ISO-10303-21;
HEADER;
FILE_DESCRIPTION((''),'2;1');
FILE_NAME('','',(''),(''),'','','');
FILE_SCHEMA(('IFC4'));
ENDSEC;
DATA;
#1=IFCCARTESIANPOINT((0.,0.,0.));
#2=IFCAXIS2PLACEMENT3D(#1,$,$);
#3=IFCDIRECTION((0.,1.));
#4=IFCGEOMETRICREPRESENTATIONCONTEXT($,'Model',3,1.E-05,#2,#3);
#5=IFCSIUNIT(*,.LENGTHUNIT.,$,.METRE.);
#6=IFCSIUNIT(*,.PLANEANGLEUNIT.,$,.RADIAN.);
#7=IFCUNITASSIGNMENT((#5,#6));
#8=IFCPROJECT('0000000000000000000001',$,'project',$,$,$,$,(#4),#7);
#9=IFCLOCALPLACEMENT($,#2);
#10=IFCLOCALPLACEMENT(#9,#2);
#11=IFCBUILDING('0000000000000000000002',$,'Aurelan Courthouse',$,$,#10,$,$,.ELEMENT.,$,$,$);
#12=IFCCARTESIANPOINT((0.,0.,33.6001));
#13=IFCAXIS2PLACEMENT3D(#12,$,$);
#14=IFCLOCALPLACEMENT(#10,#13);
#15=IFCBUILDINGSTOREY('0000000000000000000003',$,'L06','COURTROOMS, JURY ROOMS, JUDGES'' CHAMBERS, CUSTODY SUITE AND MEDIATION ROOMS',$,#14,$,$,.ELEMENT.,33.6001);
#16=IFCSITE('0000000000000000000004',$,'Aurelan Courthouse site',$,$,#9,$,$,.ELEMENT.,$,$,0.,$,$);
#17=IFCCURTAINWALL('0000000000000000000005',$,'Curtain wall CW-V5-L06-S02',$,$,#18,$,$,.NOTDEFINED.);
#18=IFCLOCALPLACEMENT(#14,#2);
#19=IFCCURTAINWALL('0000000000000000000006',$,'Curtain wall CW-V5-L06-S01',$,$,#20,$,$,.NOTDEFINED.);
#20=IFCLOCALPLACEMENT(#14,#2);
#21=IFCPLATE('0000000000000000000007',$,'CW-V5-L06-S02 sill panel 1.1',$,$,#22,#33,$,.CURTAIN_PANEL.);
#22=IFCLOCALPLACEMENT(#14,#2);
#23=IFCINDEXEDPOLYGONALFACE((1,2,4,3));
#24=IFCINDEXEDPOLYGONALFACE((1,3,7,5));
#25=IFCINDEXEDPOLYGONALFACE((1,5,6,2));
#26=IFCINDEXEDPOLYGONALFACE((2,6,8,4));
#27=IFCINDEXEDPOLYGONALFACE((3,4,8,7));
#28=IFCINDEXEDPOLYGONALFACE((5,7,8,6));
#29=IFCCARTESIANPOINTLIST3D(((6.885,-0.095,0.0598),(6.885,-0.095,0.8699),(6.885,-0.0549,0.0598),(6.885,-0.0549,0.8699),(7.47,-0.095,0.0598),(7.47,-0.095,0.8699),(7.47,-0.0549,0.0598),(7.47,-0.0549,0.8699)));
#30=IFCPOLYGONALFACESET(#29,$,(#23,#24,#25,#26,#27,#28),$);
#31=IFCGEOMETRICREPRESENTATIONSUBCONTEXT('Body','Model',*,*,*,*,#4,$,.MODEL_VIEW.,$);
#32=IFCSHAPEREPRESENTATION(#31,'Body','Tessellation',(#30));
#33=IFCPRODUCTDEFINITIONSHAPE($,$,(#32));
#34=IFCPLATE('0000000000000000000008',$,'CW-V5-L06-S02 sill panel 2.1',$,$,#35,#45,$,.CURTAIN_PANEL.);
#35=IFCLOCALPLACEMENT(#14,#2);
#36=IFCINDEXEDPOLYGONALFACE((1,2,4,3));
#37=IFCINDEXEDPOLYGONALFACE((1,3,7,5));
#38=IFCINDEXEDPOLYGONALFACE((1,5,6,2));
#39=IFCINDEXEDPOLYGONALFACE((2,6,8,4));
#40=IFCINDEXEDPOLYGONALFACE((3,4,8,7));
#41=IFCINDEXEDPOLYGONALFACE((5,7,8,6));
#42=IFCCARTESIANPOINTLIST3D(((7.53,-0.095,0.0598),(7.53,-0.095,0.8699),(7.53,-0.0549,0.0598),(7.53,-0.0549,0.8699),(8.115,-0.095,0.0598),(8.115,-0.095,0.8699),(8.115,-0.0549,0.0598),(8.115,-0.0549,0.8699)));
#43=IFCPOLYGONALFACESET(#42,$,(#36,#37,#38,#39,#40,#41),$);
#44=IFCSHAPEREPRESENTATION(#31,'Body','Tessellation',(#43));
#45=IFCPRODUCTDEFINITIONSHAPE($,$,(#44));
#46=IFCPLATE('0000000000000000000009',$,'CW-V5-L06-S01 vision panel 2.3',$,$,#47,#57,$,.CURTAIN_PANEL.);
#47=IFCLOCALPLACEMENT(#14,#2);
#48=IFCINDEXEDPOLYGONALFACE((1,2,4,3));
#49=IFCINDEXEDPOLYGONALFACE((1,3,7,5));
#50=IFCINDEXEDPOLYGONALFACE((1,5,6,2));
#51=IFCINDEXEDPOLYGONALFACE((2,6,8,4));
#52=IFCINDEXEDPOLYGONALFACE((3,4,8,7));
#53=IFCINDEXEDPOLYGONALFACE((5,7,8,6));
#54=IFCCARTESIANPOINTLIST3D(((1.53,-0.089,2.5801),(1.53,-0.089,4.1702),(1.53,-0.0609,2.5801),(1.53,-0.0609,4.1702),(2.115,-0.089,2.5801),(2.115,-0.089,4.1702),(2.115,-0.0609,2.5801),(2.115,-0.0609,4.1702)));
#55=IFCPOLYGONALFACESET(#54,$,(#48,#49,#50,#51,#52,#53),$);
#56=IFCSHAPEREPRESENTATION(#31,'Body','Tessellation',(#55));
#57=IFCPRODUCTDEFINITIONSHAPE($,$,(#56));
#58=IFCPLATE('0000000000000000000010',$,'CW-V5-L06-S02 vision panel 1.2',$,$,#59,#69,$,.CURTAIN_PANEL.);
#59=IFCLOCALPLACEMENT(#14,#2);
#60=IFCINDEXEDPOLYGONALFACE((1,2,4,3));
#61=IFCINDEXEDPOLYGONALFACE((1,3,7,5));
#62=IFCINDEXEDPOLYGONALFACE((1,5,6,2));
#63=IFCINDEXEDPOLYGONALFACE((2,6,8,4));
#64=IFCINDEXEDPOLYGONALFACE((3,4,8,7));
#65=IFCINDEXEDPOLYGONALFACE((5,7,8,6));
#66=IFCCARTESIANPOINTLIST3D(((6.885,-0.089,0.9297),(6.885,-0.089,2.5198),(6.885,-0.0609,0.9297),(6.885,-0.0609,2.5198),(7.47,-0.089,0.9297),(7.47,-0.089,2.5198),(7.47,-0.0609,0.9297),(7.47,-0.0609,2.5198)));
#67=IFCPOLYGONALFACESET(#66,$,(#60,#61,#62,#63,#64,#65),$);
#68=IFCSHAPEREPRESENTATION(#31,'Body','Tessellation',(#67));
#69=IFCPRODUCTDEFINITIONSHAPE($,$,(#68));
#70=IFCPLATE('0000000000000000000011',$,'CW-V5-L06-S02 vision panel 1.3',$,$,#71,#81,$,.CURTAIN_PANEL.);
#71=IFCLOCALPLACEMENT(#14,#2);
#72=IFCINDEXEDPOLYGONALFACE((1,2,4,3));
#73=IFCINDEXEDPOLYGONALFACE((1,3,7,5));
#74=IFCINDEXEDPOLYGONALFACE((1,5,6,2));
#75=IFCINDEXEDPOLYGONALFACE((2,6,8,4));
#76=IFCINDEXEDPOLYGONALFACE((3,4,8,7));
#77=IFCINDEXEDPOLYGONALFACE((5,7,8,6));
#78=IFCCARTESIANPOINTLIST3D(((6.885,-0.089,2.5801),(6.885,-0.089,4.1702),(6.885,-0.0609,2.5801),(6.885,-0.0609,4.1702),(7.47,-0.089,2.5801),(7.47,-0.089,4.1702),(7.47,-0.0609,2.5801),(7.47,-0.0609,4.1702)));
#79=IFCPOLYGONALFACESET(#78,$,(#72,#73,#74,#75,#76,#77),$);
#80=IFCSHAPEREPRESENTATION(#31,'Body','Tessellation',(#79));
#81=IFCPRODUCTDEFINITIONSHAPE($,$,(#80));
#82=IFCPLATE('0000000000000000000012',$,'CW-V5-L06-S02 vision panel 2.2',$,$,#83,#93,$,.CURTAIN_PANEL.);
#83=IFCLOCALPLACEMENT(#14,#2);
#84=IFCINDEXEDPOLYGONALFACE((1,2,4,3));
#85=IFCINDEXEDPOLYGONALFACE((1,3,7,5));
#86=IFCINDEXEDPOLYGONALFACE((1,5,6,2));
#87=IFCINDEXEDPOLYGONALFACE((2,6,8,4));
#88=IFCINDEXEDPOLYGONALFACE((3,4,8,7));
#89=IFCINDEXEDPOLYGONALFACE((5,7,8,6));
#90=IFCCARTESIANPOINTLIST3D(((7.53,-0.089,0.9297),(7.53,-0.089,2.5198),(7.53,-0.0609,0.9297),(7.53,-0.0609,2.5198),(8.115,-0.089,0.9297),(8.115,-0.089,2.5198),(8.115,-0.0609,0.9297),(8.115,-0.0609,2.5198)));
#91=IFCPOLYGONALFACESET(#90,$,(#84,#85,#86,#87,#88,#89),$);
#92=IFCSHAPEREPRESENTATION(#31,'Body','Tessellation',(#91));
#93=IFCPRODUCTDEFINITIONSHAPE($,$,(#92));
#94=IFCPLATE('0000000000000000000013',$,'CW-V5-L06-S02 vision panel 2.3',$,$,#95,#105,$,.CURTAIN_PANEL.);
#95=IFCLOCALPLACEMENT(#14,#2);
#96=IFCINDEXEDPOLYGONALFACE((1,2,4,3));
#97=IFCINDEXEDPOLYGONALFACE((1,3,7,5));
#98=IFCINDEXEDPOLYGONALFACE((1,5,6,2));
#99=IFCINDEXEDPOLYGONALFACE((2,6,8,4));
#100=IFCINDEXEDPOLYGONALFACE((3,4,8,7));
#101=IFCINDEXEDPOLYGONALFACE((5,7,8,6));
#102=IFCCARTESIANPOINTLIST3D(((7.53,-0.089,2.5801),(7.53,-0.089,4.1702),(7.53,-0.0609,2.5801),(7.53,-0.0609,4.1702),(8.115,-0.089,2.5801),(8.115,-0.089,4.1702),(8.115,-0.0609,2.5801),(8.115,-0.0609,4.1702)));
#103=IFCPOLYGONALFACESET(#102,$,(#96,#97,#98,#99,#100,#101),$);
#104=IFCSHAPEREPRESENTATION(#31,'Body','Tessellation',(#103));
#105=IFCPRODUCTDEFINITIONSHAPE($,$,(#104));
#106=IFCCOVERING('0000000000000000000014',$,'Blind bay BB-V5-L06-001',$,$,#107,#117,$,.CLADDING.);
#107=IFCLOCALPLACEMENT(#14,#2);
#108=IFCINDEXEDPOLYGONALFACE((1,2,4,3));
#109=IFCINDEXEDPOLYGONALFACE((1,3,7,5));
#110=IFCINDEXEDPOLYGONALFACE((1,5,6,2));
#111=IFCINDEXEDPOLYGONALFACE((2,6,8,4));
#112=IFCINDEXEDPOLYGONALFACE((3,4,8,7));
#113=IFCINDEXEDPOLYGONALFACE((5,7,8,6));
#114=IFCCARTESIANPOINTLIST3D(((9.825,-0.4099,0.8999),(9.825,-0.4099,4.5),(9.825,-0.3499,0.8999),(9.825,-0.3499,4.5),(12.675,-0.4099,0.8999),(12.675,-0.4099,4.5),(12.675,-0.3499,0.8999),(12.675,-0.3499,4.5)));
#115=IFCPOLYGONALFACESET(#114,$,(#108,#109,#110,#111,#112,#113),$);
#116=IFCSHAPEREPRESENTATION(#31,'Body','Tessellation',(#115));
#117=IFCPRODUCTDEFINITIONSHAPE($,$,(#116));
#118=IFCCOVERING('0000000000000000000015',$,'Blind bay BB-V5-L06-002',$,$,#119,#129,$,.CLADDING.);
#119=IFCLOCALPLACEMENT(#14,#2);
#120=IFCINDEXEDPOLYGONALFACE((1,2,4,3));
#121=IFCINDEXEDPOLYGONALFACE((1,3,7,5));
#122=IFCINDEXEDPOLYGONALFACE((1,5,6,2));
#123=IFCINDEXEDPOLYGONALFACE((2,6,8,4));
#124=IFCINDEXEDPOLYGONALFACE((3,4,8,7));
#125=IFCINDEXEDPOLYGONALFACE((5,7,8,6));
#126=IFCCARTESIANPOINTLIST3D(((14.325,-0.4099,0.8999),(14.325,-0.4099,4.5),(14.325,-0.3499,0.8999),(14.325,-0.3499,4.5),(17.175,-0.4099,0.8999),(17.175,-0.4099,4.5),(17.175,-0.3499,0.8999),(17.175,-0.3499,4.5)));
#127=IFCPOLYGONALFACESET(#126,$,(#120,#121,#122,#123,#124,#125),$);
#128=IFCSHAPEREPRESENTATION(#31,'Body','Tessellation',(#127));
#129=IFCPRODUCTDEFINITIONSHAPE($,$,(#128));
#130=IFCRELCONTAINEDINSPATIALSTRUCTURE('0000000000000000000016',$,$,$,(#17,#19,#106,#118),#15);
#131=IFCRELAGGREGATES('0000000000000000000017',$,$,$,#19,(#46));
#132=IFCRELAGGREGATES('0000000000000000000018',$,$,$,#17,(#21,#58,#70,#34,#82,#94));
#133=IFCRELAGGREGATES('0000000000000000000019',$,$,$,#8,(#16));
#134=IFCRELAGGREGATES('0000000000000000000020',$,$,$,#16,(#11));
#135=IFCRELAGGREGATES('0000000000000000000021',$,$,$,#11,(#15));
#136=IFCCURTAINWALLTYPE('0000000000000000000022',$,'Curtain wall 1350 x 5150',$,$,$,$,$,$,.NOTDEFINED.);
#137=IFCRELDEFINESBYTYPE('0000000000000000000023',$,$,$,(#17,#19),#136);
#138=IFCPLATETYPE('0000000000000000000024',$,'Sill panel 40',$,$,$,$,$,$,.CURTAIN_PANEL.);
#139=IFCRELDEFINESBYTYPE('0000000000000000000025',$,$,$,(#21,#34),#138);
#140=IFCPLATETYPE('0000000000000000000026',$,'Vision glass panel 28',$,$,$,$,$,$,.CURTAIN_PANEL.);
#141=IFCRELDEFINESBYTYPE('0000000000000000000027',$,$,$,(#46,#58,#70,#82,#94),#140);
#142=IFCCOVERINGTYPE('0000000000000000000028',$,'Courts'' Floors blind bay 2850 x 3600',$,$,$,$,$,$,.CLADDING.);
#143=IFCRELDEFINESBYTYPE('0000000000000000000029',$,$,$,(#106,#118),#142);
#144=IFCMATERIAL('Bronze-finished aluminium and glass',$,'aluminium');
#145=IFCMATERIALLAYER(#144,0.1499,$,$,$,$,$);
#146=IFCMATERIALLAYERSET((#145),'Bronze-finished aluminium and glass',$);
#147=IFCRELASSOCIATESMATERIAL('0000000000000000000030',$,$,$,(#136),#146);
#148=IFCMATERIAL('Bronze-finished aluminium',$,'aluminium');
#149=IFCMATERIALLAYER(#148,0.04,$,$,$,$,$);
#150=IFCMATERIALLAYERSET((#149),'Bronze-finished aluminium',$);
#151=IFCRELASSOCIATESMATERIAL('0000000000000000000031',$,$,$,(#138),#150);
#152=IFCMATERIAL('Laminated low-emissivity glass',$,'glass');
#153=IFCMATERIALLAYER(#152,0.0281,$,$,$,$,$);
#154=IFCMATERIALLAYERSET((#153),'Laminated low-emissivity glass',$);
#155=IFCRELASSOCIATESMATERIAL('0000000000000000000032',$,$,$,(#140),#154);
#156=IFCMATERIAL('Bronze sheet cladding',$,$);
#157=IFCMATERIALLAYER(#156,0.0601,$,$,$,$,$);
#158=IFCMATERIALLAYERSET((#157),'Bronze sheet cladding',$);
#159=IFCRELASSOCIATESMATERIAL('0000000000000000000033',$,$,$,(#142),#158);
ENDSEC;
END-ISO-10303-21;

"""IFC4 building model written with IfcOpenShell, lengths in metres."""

from ifc_helpers import new_model, si_unit, direction, frame, origin, origin_2d, place, context, subcontext, project, spatial, rectangle, extrude, material, layer, layer_set, type_object, element, aggregate, save


model = new_model("IFC4")

# Units and contexts
model_context = context("Model", 3, precision=1e-05, world=origin(), true_north=direction((0.0, 1.0)))
body_context = subcontext(model_context, "Body", "Model", "MODEL_VIEW")
ifc_project = project(units=[si_unit("LENGTHUNIT", "METRE"), si_unit("PLANEANGLEUNIT", "RADIAN")], contexts=[model_context])

# Site, building, storey
site_placement = place(None, origin())
site = spatial("IfcSite", under=ifc_project, at=site_placement, Name="Aurelan Courthouse site", CompositionType="ELEMENT", RefElevation=0.0)
building_placement = place(site_placement, origin())
building = spatial("IfcBuilding", under=site, at=building_placement, Name="Aurelan Courthouse", CompositionType="ELEMENT")
storey_placement = place(building_placement, frame((0.0, 0.0, 33.6001)))
storey = spatial("IfcBuildingStorey", under=building, at=storey_placement, Name="L06", Description="COURTROOMS, JURY ROOMS, JUDGES' CHAMBERS, CUSTODY SUITE AND MEDIATION ROOMS", CompositionType="ELEMENT", Elevation=33.6001)

# Curtain wall
ifc_material_1 = material(Name="Bronze-finished aluminium and glass", Category="aluminium")
ifc_layer_1 = layer(ifc_material_1, 0.1499)
ifc_layer_set_1 = layer_set([ifc_layer_1], Name="Bronze-finished aluminium and glass")
curtain_wall_type = type_object("IfcCurtainWallType", Name="Curtain wall 1350 x 5150", PredefinedType="NOTDEFINED", material=ifc_layer_set_1)
curtain_wall_1_placement = place(storey_placement, origin())
curtain_wall_1 = element("IfcCurtainWall", 1, at=curtain_wall_1_placement, inside=storey, type_object=curtain_wall_type, Name="Curtain wall CW-V5-L06-S02", PredefinedType="NOTDEFINED")
ifc_material_2 = material(Name="Bronze-finished aluminium", Category="aluminium")

# Curtain wall
curtain_wall_2_placement = place(storey_placement, origin())
curtain_wall_2 = element("IfcCurtainWall", 2, at=curtain_wall_2_placement, inside=storey, type_object=curtain_wall_type, Name="Curtain wall CW-V5-L06-S01", PredefinedType="NOTDEFINED")

# Plates
ifc_layer_2 = layer(ifc_material_2, 0.04)
ifc_layer_set_2 = layer_set([ifc_layer_2], Name="Bronze-finished aluminium")
plate_type_1 = type_object("IfcPlateType", Name="Sill panel 40", PredefinedType="CURTAIN_PANEL", material=ifc_layer_set_2)
plate_1_placement = place(storey_placement, frame((7.1775, -0.075, 0.0598), z_axis=(0.0, 0.0, 1.0), x_axis=(1.0, 0.0, 0.0)))
plate_1 = element("IfcPlate", 3, at=plate_1_placement, type_object=plate_type_1, Name="CW-V5-L06-S02 sill panel 1.1", PredefinedType="CURTAIN_PANEL", context=body_context, shape_type="SweptSolid", body=[
    extrude(rectangle(XDim=0.585, YDim=0.04, at=origin_2d()), origin(), (0.0, 0.0, 1.0), 0.8101),
])
plate_2_placement = place(storey_placement, frame((7.8225, -0.075, 0.0598), z_axis=(0.0, 0.0, 1.0), x_axis=(1.0, 0.0, 0.0)))
plate_2 = element("IfcPlate", 4, at=plate_2_placement, type_object=plate_type_1, Name="CW-V5-L06-S02 sill panel 2.1", PredefinedType="CURTAIN_PANEL", context=body_context, shape_type="SweptSolid", body=[
    extrude(rectangle(XDim=0.585, YDim=0.04, at=origin_2d()), origin(), (0.0, 0.0, 1.0), 0.8101),
])
ifc_material_3 = material(Name="Laminated low-emissivity glass", Category="glass")
ifc_layer_3 = layer(ifc_material_3, 0.0281)
ifc_layer_set_3 = layer_set([ifc_layer_3], Name="Laminated low-emissivity glass")
plate_type_2 = type_object("IfcPlateType", Name="Vision glass panel 28", PredefinedType="CURTAIN_PANEL", material=ifc_layer_set_3)
plate_3_placement = place(storey_placement, frame((1.8225, -0.075, 2.5801), z_axis=(0.0, 0.0, 1.0), x_axis=(1.0, 0.0, 0.0)))
plate_3 = element("IfcPlate", 5, at=plate_3_placement, type_object=plate_type_2, Name="CW-V5-L06-S01 vision panel 2.3", PredefinedType="CURTAIN_PANEL", context=body_context, shape_type="SweptSolid", body=[
    extrude(rectangle(XDim=0.585, YDim=0.0281, at=origin_2d()), origin(), (0.0, 0.0, 1.0), 1.5901),
])
aggregate(curtain_wall_2, [plate_3])
plate_4_placement = place(storey_placement, frame((7.1775, -0.075, 0.9297), z_axis=(0.0, 0.0, 1.0), x_axis=(1.0, 0.0, 0.0)))
plate_4 = element("IfcPlate", 6, at=plate_4_placement, type_object=plate_type_2, Name="CW-V5-L06-S02 vision panel 1.2", PredefinedType="CURTAIN_PANEL", context=body_context, shape_type="SweptSolid", body=[
    extrude(rectangle(XDim=0.585, YDim=0.0281, at=origin_2d()), origin(), (0.0, 0.0, 1.0), 1.5901),
])
plate_5_placement = place(storey_placement, frame((7.1775, -0.075, 2.5801), z_axis=(0.0, 0.0, 1.0), x_axis=(1.0, 0.0, 0.0)))
plate_5 = element("IfcPlate", 7, at=plate_5_placement, type_object=plate_type_2, Name="CW-V5-L06-S02 vision panel 1.3", PredefinedType="CURTAIN_PANEL", context=body_context, shape_type="SweptSolid", body=[
    extrude(rectangle(XDim=0.585, YDim=0.0281, at=origin_2d()), origin(), (0.0, 0.0, 1.0), 1.5901),
])
plate_6_placement = place(storey_placement, frame((7.8225, -0.075, 0.9297), z_axis=(0.0, 0.0, 1.0), x_axis=(1.0, 0.0, 0.0)))
plate_6 = element("IfcPlate", 8, at=plate_6_placement, type_object=plate_type_2, Name="CW-V5-L06-S02 vision panel 2.2", PredefinedType="CURTAIN_PANEL", context=body_context, shape_type="SweptSolid", body=[
    extrude(rectangle(XDim=0.585, YDim=0.0281, at=origin_2d()), origin(), (0.0, 0.0, 1.0), 1.5901),
])
plate_7_placement = place(storey_placement, frame((7.8225, -0.075, 2.5801), z_axis=(0.0, 0.0, 1.0), x_axis=(1.0, 0.0, 0.0)))
plate_7 = element("IfcPlate", 9, at=plate_7_placement, type_object=plate_type_2, Name="CW-V5-L06-S02 vision panel 2.3", PredefinedType="CURTAIN_PANEL", context=body_context, shape_type="SweptSolid", body=[
    extrude(rectangle(XDim=0.585, YDim=0.0281, at=origin_2d()), origin(), (0.0, 0.0, 1.0), 1.5901),
])
aggregate(curtain_wall_1, [plate_1, plate_4, plate_5, plate_2, plate_6, plate_7])

# Coverings
ifc_material_4 = material(Name="Bronze sheet cladding")
ifc_layer_4 = layer(ifc_material_4, 0.0601)
ifc_layer_set_4 = layer_set([ifc_layer_4], Name="Bronze sheet cladding")
covering_type = type_object("IfcCoveringType", Name="Courts' Floors blind bay 2850 x 3600", PredefinedType="CLADDING", material=ifc_layer_set_4)
for number, where, z_axis, x_axis, name in (
    (10, (11.25, -0.3799, 0.8999), (0.0, 0.0, 1.0), (1.0, 0.0, 0.0), "Blind bay BB-V5-L06-001"),
    (11, (15.75, -0.3799, 0.8999), (0.0, 0.0, 1.0), (1.0, 0.0, 0.0), "Blind bay BB-V5-L06-002"),
):
    element("IfcCovering", number, at=place(storey_placement, frame(where, z_axis=z_axis, x_axis=x_axis)), inside=storey, type_object=covering_type, Name=name, PredefinedType="CLADDING", context=body_context, shape_type="SweptSolid", body=[
        extrude(rectangle(XDim=2.8501, YDim=0.0601, at=origin_2d()), origin(), (0.0, 0.0, 1.0), 3.6001),
    ])

save(model, "model.ifc")
